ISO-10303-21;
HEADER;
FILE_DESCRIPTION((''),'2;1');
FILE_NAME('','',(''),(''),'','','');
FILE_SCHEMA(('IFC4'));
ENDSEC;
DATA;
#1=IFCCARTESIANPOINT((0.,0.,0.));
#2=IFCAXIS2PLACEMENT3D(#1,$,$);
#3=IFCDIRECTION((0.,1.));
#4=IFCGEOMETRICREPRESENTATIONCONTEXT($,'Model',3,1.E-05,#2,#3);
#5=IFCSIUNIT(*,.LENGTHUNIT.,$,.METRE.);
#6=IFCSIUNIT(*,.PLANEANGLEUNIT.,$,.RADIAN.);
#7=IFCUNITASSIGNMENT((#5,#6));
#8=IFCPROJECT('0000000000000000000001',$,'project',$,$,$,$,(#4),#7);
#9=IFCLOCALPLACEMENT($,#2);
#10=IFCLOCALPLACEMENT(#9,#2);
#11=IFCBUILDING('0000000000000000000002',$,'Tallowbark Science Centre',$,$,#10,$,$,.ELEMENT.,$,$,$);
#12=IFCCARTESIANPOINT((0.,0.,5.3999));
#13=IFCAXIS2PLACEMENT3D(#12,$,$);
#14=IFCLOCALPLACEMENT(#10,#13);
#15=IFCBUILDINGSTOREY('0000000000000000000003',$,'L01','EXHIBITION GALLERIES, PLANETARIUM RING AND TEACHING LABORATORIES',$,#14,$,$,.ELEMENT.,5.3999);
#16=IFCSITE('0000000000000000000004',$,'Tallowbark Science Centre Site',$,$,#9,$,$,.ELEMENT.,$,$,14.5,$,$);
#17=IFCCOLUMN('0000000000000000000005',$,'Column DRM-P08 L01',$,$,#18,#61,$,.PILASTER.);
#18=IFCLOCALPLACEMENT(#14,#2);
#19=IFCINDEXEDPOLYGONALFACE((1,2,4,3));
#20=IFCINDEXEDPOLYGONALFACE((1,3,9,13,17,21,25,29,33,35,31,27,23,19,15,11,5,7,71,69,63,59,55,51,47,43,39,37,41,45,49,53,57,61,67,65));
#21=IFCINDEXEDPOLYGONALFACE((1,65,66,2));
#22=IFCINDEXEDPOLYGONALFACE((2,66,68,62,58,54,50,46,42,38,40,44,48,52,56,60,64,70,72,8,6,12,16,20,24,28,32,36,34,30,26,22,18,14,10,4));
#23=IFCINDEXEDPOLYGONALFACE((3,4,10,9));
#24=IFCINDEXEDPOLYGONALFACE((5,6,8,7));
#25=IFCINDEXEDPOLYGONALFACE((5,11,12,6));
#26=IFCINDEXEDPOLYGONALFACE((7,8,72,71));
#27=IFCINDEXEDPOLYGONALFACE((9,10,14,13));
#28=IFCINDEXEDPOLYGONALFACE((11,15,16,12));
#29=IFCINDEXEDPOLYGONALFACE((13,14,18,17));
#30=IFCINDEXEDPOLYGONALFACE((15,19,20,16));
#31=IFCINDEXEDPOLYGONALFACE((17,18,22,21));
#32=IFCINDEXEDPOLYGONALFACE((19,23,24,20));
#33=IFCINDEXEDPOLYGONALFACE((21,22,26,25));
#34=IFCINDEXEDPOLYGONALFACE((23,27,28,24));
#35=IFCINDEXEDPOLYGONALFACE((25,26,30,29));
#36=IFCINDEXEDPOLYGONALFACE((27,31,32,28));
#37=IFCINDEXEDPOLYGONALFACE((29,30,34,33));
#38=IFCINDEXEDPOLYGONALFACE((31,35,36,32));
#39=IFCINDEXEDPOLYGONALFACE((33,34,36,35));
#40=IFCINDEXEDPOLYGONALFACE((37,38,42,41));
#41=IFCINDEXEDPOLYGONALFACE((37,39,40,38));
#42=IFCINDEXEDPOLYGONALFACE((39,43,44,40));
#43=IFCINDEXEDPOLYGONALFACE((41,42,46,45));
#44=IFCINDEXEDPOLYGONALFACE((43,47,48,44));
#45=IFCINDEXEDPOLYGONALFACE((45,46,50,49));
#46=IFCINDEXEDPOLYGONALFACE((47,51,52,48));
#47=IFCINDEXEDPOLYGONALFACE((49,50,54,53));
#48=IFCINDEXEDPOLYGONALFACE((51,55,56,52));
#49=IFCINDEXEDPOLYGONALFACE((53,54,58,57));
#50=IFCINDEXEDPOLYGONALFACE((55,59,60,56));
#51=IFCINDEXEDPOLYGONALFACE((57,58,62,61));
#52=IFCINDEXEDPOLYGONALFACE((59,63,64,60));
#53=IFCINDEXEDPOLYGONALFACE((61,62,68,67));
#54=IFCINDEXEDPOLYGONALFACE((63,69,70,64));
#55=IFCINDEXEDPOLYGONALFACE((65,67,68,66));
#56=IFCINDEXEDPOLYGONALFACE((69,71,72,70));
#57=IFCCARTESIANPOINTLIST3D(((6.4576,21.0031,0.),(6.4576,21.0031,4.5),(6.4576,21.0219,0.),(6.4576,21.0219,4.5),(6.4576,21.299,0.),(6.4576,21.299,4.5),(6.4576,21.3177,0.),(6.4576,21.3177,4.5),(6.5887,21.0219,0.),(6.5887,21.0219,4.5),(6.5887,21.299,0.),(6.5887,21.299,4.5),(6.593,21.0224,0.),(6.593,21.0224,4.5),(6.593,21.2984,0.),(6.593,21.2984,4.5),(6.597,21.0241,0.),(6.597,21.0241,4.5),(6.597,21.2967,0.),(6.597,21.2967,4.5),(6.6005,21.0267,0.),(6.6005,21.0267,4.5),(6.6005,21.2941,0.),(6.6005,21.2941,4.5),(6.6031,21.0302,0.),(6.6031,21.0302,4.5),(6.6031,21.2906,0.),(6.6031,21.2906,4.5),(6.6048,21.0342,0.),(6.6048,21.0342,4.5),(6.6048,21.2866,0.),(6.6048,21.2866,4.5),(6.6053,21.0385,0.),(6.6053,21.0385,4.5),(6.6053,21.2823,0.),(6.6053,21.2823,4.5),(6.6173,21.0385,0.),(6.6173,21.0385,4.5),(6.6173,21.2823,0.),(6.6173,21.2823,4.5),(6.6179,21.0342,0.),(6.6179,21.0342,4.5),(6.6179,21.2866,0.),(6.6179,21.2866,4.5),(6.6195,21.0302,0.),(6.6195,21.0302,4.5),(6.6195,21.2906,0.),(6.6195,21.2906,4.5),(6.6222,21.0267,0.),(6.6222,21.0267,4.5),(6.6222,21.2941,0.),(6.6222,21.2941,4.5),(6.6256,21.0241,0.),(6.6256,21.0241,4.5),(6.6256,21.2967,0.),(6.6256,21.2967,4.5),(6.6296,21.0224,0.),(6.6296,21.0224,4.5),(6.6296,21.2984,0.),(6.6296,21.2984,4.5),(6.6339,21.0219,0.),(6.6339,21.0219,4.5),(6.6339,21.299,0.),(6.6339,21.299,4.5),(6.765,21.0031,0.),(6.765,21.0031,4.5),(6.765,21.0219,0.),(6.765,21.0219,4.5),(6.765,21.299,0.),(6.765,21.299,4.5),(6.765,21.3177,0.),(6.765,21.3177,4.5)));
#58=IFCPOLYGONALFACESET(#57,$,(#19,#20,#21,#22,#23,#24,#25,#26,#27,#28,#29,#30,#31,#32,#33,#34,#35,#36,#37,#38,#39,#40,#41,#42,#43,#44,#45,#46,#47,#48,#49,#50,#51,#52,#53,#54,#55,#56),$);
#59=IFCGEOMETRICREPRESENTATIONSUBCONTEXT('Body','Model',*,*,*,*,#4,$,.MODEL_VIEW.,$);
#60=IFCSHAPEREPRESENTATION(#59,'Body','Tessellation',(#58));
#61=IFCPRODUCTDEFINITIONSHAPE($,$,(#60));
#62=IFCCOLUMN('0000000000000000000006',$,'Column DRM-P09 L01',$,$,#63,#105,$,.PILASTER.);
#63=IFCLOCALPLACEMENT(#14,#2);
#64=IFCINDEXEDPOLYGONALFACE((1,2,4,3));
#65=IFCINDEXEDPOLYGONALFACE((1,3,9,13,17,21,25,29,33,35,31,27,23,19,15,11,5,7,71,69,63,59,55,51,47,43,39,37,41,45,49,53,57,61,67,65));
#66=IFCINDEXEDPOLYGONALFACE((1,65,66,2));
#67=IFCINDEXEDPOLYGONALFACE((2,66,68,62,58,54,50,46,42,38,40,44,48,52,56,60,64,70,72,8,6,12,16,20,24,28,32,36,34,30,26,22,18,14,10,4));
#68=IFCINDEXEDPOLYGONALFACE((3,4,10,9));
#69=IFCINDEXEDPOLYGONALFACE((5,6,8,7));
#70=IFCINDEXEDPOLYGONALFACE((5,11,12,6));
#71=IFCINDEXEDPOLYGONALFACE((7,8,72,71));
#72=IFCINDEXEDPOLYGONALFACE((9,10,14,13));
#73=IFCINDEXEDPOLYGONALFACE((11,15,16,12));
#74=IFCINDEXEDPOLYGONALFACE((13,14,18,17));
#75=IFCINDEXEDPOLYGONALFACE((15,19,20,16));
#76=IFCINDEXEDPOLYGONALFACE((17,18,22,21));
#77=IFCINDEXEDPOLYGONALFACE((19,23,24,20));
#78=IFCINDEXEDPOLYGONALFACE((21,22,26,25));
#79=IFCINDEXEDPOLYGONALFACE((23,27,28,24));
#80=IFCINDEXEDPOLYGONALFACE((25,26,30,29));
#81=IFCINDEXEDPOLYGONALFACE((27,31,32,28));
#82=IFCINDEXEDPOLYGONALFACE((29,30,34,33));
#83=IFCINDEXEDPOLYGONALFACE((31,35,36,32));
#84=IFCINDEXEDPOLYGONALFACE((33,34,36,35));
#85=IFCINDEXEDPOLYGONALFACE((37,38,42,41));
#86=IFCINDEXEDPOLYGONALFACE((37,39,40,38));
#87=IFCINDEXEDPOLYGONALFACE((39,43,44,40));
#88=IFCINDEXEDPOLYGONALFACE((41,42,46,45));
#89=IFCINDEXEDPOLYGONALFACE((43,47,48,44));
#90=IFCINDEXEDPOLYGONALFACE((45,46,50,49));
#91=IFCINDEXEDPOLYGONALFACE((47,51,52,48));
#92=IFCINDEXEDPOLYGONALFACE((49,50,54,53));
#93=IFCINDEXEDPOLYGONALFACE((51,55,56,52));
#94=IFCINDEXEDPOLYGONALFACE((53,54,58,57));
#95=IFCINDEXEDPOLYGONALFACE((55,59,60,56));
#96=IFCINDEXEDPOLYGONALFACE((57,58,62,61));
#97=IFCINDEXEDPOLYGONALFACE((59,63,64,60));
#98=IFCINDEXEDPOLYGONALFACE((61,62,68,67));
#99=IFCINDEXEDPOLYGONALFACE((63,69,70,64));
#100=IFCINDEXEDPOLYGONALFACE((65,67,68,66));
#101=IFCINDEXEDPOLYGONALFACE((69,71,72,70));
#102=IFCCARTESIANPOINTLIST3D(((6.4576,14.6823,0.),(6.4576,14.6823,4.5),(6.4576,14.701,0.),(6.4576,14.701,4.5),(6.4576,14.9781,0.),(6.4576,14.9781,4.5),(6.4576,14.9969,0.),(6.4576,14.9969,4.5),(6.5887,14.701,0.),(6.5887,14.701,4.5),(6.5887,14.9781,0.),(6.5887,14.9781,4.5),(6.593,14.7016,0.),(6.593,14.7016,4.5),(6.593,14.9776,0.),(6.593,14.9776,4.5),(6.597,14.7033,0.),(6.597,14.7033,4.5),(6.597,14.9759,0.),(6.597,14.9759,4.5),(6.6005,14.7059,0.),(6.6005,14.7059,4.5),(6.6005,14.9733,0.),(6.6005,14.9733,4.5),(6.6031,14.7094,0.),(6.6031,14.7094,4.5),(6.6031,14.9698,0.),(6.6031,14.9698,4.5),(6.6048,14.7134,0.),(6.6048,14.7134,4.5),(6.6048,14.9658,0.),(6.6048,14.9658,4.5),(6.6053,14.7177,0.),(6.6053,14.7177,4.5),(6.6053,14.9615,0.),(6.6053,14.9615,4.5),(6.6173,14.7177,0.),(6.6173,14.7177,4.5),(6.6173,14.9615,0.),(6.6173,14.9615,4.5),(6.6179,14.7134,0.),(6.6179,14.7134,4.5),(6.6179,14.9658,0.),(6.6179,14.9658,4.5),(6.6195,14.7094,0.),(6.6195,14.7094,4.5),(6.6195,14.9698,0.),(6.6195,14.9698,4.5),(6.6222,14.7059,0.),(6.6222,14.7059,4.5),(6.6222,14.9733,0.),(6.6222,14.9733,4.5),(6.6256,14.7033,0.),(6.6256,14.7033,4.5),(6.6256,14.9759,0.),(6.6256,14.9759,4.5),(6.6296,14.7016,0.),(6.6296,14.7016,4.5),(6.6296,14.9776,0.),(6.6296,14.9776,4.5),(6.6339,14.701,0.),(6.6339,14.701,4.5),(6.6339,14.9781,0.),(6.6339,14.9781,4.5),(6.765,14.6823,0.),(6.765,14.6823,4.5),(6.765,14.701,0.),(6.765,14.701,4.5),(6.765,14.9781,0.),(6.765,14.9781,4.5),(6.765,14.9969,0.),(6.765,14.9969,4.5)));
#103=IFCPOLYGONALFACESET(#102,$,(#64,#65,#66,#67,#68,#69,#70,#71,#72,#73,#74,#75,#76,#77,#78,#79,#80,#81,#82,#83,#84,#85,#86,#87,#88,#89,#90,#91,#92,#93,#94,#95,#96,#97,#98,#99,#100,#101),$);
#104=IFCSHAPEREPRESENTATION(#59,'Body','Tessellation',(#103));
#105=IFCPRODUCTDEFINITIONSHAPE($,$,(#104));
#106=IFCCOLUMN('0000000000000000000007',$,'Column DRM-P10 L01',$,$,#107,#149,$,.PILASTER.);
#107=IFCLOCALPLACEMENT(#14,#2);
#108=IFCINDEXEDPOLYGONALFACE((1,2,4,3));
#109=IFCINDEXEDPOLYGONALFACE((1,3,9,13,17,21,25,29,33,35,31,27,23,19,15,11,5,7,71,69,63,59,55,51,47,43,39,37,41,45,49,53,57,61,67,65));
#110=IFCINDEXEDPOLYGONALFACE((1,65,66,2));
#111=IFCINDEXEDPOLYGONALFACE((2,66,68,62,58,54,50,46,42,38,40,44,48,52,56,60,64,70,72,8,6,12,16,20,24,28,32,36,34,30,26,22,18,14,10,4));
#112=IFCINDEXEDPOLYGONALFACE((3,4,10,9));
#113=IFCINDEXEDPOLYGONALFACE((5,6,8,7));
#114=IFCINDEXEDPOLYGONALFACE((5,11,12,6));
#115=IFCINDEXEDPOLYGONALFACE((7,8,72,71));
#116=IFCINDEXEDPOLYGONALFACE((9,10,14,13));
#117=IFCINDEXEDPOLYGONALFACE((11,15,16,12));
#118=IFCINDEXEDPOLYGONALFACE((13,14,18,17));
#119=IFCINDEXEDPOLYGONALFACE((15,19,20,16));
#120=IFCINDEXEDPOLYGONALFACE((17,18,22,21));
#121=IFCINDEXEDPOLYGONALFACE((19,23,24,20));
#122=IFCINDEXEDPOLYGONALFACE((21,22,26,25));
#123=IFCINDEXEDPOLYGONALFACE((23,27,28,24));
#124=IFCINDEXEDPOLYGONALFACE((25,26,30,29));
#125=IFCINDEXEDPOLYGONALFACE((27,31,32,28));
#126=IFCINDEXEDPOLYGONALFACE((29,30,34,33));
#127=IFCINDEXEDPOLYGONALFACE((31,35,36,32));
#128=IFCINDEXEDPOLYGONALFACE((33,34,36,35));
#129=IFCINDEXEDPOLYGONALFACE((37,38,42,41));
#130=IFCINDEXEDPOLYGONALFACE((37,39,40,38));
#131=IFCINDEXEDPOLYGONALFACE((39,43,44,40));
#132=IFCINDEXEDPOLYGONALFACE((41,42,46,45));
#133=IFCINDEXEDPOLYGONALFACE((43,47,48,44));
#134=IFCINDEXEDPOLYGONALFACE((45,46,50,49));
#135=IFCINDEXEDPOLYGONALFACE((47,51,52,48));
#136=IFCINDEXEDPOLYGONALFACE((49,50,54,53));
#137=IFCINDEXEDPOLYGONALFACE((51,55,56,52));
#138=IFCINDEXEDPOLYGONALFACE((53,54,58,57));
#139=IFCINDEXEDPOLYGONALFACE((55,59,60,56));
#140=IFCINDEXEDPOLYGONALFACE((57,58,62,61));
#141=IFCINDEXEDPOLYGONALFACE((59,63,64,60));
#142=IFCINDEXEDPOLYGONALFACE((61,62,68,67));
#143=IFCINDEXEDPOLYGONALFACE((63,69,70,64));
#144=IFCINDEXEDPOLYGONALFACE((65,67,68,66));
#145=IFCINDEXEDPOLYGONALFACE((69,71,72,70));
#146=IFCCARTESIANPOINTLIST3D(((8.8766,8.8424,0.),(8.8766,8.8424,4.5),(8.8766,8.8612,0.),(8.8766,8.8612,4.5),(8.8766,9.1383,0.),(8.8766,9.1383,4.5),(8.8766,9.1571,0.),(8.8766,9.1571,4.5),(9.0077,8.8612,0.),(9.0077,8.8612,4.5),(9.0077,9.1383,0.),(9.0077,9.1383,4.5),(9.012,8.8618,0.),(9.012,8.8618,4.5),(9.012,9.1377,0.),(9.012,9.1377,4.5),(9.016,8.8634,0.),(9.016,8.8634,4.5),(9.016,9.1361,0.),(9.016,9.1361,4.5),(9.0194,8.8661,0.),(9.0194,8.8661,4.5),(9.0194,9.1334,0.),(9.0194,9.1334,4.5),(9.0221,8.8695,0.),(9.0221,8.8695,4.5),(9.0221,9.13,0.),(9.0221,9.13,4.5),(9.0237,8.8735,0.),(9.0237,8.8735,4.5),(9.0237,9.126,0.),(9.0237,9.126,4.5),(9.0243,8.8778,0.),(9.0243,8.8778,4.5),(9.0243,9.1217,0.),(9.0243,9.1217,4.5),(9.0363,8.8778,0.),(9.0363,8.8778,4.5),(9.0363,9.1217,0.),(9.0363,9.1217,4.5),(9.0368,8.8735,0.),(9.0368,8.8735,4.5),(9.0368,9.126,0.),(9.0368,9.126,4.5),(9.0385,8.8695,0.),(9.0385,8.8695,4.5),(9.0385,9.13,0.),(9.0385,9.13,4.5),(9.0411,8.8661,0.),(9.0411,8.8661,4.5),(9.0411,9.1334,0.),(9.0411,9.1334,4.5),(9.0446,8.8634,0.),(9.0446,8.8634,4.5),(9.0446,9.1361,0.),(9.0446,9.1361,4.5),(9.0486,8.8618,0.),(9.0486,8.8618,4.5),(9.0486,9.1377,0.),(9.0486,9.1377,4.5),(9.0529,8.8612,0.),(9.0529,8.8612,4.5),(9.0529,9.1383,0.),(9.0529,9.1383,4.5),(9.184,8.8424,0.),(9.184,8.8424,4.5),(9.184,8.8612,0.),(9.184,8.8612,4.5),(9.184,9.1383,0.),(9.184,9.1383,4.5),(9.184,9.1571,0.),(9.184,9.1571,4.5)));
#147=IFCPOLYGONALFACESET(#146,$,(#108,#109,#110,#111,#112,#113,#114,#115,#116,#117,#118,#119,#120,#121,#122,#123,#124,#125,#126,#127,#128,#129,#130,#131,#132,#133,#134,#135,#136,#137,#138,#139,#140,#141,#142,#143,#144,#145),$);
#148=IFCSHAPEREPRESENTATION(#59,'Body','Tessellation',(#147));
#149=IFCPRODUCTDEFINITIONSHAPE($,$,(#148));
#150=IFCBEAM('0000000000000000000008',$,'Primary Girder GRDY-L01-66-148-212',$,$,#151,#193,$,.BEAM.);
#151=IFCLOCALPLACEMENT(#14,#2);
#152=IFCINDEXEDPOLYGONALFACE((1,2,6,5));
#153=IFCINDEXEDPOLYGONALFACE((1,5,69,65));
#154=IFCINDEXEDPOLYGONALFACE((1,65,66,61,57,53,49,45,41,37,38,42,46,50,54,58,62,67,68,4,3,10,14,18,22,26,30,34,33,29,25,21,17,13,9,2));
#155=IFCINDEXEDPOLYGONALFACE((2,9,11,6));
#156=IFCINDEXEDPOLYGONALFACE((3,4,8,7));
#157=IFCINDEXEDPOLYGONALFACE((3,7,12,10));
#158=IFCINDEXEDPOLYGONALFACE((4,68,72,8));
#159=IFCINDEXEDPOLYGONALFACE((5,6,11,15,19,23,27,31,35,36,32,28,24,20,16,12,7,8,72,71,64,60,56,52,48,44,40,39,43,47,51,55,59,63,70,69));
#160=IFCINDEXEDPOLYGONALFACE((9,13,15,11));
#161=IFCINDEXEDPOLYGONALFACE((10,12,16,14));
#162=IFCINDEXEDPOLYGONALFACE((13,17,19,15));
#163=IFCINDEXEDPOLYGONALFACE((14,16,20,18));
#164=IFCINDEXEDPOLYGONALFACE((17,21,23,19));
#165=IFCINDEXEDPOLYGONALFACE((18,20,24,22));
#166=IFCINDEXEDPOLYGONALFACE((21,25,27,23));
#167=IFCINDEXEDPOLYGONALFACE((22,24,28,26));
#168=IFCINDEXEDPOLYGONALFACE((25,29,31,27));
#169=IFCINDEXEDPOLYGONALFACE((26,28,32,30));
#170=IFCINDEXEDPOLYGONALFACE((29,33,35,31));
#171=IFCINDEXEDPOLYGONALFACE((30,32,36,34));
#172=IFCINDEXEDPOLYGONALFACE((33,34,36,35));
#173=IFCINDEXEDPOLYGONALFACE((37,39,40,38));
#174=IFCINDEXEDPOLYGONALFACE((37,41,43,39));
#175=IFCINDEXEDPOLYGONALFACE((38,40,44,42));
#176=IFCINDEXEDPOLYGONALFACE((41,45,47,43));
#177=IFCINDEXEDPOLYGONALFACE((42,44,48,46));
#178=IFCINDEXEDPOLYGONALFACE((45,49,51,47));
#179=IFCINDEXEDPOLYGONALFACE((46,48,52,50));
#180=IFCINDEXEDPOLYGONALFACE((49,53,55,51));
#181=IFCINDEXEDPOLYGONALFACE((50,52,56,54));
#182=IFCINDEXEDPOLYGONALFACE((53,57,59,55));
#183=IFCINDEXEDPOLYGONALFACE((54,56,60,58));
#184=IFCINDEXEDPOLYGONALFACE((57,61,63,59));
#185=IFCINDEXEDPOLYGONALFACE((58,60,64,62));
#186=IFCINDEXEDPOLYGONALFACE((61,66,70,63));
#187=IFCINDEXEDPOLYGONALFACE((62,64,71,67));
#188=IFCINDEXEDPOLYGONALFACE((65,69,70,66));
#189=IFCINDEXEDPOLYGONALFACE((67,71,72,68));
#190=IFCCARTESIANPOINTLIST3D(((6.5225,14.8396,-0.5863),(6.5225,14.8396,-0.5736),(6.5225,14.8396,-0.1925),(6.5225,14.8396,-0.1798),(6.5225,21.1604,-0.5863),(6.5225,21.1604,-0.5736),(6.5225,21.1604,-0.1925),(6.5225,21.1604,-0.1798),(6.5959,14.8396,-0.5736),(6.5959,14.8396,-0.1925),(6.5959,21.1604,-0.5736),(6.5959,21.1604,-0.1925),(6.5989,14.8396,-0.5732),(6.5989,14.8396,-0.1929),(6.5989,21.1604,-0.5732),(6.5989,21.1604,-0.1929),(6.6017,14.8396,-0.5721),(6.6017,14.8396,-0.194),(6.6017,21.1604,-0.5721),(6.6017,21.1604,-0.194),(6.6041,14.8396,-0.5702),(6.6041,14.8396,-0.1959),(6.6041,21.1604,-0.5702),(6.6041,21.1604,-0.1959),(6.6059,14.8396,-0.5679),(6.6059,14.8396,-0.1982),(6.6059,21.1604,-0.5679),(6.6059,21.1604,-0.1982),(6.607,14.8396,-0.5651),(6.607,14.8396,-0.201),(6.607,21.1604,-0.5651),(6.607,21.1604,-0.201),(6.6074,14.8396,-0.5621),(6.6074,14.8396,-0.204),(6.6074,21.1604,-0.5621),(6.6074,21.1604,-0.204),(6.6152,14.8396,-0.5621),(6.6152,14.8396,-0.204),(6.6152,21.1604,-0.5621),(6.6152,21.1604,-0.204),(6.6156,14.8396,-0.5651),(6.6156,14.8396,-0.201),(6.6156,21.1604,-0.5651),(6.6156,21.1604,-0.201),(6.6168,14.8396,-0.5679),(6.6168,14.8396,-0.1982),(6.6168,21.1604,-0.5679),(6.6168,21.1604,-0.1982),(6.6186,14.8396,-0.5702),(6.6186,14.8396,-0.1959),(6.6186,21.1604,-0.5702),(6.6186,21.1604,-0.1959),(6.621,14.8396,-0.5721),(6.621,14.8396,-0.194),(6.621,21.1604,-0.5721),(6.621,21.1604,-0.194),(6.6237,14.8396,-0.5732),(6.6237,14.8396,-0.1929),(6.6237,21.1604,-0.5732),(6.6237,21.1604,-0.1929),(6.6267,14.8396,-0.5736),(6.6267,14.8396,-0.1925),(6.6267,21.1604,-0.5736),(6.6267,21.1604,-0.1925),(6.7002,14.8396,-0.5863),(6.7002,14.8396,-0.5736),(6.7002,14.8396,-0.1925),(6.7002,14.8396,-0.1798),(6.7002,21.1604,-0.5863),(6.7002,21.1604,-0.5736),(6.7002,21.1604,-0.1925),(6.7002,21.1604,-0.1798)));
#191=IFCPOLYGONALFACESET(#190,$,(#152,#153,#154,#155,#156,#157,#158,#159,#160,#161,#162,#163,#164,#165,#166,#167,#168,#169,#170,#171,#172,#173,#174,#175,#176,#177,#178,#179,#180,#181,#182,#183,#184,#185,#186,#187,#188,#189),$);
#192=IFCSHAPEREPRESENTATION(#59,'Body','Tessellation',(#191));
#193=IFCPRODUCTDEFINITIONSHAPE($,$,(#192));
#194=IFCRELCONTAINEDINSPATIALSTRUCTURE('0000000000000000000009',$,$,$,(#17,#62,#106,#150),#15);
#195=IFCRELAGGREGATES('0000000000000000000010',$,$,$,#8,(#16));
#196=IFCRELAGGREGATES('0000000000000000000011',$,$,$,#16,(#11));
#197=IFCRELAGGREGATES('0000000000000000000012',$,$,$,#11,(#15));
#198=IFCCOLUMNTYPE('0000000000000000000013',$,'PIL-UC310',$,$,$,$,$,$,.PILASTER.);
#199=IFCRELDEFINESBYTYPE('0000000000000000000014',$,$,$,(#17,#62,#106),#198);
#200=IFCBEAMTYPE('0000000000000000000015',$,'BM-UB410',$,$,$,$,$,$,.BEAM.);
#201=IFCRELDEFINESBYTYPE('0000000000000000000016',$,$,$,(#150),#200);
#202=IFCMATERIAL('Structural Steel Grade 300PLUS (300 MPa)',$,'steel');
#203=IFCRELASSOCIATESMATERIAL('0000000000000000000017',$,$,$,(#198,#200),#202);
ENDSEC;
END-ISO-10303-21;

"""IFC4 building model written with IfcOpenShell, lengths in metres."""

from ifc_helpers import new_model, si_unit, direction, frame, origin, origin_2d, place, context, subcontext, project, spatial, i_section, extrude, material, material_profile, profile_set, type_object, element, save


model = new_model("IFC4")

# Units and contexts
model_context = context("Model", 3, precision=1e-05, world=origin(), true_north=direction((0.0, 1.0)))
body_context = subcontext(model_context, "Body", "Model", "MODEL_VIEW")
ifc_project = project(units=[si_unit("LENGTHUNIT", "METRE"), si_unit("PLANEANGLEUNIT", "RADIAN")], contexts=[model_context])

# Site, building, storey
site_placement = place(None, origin())
site = spatial("IfcSite", under=ifc_project, at=site_placement, Name="Tallowbark Science Centre Site", CompositionType="ELEMENT", RefElevation=14.5)
building_placement = place(site_placement, origin())
building = spatial("IfcBuilding", under=site, at=building_placement, Name="Tallowbark Science Centre", CompositionType="ELEMENT")
storey_placement = place(building_placement, frame((0.0, 0.0, 5.3999)))
storey = spatial("IfcBuildingStorey", under=building, at=storey_placement, Name="L01", Description="EXHIBITION GALLERIES, PLANETARIUM RING AND TEACHING LABORATORIES", CompositionType="ELEMENT", Elevation=5.3999)

# Columns
ifc_material_1 = material(Name="Structural Steel Grade 300PLUS (300 MPa)", Category="steel")
ifc_material_profile_1 = material_profile(ifc_material_1, i_section(OverallWidth=0.3074, OverallDepth=0.3147, WebThickness=0.012, FlangeThickness=0.0188, FilletRadius=0.0166, at=origin_2d()), Name="310UC118")
ifc_profile_set_1 = profile_set([ifc_material_profile_1], Name="Structural Steel Grade 300PLUS (300 MPa)")
column_type = type_object("IfcColumnType", Name="PIL-UC310", PredefinedType="PILASTER", material=ifc_profile_set_1)
for number, where, z_axis, x_axis, name in (
    (1, (6.6113, 21.1604, 0.0), (0.0, 0.0, 1.0), (1.0, 0.0, 0.0), "Column DRM-P08 L01"),
    (2, (6.6113, 14.8396, 0.0), (0.0, 0.0, 1.0), (1.0, 0.0, 0.0), "Column DRM-P09 L01"),
    (3, (9.0303, 8.9998, 0.0), (0.0, 0.0, 1.0), (1.0, 0.0, 0.0), "Column DRM-P10 L01"),
):
    element("IfcColumn", number, at=place(storey_placement, frame(where, z_axis=z_axis, x_axis=x_axis)), inside=storey, type_object=column_type, Name=name, PredefinedType="PILASTER", context=body_context, shape_type="SweptSolid", body=[
        extrude(i_section(OverallWidth=0.3074, OverallDepth=0.3147, WebThickness=0.012, FlangeThickness=0.0188, FilletRadius=0.0166, at=origin_2d()), origin(), (0.0, 0.0, 1.0), 4.5),
    ])

# Beam
ifc_material_profile_2 = material_profile(ifc_material_1, i_section(OverallWidth=0.1777, OverallDepth=0.4065, WebThickness=0.0078, FlangeThickness=0.0127, FilletRadius=0.0115, at=origin_2d()), Name="410UB59.7")
ifc_profile_set_2 = profile_set([ifc_material_profile_2], Name="Structural Steel Grade 300PLUS (300 MPa)")
beam_type = type_object("IfcBeamType", Name="BM-UB410", PredefinedType="BEAM", material=ifc_profile_set_2)
beam_placement = place(storey_placement, frame((6.6113, 14.8396, -0.3831), z_axis=(0.0, 1.0, 0.0), x_axis=(-1.0, 0.0, 0.0)))
element("IfcBeam", 4, at=beam_placement, inside=storey, type_object=beam_type, Name="Primary Girder GRDY-L01-66-148-212", PredefinedType="BEAM", context=body_context, shape_type="SweptSolid", body=[
    extrude(i_section(OverallWidth=0.1777, OverallDepth=0.4065, WebThickness=0.0078, FlangeThickness=0.0127, FilletRadius=0.0115, at=origin_2d()), origin(), (0.0, 0.0, 1.0), 6.3208),
])

save(model, "model.ifc")
